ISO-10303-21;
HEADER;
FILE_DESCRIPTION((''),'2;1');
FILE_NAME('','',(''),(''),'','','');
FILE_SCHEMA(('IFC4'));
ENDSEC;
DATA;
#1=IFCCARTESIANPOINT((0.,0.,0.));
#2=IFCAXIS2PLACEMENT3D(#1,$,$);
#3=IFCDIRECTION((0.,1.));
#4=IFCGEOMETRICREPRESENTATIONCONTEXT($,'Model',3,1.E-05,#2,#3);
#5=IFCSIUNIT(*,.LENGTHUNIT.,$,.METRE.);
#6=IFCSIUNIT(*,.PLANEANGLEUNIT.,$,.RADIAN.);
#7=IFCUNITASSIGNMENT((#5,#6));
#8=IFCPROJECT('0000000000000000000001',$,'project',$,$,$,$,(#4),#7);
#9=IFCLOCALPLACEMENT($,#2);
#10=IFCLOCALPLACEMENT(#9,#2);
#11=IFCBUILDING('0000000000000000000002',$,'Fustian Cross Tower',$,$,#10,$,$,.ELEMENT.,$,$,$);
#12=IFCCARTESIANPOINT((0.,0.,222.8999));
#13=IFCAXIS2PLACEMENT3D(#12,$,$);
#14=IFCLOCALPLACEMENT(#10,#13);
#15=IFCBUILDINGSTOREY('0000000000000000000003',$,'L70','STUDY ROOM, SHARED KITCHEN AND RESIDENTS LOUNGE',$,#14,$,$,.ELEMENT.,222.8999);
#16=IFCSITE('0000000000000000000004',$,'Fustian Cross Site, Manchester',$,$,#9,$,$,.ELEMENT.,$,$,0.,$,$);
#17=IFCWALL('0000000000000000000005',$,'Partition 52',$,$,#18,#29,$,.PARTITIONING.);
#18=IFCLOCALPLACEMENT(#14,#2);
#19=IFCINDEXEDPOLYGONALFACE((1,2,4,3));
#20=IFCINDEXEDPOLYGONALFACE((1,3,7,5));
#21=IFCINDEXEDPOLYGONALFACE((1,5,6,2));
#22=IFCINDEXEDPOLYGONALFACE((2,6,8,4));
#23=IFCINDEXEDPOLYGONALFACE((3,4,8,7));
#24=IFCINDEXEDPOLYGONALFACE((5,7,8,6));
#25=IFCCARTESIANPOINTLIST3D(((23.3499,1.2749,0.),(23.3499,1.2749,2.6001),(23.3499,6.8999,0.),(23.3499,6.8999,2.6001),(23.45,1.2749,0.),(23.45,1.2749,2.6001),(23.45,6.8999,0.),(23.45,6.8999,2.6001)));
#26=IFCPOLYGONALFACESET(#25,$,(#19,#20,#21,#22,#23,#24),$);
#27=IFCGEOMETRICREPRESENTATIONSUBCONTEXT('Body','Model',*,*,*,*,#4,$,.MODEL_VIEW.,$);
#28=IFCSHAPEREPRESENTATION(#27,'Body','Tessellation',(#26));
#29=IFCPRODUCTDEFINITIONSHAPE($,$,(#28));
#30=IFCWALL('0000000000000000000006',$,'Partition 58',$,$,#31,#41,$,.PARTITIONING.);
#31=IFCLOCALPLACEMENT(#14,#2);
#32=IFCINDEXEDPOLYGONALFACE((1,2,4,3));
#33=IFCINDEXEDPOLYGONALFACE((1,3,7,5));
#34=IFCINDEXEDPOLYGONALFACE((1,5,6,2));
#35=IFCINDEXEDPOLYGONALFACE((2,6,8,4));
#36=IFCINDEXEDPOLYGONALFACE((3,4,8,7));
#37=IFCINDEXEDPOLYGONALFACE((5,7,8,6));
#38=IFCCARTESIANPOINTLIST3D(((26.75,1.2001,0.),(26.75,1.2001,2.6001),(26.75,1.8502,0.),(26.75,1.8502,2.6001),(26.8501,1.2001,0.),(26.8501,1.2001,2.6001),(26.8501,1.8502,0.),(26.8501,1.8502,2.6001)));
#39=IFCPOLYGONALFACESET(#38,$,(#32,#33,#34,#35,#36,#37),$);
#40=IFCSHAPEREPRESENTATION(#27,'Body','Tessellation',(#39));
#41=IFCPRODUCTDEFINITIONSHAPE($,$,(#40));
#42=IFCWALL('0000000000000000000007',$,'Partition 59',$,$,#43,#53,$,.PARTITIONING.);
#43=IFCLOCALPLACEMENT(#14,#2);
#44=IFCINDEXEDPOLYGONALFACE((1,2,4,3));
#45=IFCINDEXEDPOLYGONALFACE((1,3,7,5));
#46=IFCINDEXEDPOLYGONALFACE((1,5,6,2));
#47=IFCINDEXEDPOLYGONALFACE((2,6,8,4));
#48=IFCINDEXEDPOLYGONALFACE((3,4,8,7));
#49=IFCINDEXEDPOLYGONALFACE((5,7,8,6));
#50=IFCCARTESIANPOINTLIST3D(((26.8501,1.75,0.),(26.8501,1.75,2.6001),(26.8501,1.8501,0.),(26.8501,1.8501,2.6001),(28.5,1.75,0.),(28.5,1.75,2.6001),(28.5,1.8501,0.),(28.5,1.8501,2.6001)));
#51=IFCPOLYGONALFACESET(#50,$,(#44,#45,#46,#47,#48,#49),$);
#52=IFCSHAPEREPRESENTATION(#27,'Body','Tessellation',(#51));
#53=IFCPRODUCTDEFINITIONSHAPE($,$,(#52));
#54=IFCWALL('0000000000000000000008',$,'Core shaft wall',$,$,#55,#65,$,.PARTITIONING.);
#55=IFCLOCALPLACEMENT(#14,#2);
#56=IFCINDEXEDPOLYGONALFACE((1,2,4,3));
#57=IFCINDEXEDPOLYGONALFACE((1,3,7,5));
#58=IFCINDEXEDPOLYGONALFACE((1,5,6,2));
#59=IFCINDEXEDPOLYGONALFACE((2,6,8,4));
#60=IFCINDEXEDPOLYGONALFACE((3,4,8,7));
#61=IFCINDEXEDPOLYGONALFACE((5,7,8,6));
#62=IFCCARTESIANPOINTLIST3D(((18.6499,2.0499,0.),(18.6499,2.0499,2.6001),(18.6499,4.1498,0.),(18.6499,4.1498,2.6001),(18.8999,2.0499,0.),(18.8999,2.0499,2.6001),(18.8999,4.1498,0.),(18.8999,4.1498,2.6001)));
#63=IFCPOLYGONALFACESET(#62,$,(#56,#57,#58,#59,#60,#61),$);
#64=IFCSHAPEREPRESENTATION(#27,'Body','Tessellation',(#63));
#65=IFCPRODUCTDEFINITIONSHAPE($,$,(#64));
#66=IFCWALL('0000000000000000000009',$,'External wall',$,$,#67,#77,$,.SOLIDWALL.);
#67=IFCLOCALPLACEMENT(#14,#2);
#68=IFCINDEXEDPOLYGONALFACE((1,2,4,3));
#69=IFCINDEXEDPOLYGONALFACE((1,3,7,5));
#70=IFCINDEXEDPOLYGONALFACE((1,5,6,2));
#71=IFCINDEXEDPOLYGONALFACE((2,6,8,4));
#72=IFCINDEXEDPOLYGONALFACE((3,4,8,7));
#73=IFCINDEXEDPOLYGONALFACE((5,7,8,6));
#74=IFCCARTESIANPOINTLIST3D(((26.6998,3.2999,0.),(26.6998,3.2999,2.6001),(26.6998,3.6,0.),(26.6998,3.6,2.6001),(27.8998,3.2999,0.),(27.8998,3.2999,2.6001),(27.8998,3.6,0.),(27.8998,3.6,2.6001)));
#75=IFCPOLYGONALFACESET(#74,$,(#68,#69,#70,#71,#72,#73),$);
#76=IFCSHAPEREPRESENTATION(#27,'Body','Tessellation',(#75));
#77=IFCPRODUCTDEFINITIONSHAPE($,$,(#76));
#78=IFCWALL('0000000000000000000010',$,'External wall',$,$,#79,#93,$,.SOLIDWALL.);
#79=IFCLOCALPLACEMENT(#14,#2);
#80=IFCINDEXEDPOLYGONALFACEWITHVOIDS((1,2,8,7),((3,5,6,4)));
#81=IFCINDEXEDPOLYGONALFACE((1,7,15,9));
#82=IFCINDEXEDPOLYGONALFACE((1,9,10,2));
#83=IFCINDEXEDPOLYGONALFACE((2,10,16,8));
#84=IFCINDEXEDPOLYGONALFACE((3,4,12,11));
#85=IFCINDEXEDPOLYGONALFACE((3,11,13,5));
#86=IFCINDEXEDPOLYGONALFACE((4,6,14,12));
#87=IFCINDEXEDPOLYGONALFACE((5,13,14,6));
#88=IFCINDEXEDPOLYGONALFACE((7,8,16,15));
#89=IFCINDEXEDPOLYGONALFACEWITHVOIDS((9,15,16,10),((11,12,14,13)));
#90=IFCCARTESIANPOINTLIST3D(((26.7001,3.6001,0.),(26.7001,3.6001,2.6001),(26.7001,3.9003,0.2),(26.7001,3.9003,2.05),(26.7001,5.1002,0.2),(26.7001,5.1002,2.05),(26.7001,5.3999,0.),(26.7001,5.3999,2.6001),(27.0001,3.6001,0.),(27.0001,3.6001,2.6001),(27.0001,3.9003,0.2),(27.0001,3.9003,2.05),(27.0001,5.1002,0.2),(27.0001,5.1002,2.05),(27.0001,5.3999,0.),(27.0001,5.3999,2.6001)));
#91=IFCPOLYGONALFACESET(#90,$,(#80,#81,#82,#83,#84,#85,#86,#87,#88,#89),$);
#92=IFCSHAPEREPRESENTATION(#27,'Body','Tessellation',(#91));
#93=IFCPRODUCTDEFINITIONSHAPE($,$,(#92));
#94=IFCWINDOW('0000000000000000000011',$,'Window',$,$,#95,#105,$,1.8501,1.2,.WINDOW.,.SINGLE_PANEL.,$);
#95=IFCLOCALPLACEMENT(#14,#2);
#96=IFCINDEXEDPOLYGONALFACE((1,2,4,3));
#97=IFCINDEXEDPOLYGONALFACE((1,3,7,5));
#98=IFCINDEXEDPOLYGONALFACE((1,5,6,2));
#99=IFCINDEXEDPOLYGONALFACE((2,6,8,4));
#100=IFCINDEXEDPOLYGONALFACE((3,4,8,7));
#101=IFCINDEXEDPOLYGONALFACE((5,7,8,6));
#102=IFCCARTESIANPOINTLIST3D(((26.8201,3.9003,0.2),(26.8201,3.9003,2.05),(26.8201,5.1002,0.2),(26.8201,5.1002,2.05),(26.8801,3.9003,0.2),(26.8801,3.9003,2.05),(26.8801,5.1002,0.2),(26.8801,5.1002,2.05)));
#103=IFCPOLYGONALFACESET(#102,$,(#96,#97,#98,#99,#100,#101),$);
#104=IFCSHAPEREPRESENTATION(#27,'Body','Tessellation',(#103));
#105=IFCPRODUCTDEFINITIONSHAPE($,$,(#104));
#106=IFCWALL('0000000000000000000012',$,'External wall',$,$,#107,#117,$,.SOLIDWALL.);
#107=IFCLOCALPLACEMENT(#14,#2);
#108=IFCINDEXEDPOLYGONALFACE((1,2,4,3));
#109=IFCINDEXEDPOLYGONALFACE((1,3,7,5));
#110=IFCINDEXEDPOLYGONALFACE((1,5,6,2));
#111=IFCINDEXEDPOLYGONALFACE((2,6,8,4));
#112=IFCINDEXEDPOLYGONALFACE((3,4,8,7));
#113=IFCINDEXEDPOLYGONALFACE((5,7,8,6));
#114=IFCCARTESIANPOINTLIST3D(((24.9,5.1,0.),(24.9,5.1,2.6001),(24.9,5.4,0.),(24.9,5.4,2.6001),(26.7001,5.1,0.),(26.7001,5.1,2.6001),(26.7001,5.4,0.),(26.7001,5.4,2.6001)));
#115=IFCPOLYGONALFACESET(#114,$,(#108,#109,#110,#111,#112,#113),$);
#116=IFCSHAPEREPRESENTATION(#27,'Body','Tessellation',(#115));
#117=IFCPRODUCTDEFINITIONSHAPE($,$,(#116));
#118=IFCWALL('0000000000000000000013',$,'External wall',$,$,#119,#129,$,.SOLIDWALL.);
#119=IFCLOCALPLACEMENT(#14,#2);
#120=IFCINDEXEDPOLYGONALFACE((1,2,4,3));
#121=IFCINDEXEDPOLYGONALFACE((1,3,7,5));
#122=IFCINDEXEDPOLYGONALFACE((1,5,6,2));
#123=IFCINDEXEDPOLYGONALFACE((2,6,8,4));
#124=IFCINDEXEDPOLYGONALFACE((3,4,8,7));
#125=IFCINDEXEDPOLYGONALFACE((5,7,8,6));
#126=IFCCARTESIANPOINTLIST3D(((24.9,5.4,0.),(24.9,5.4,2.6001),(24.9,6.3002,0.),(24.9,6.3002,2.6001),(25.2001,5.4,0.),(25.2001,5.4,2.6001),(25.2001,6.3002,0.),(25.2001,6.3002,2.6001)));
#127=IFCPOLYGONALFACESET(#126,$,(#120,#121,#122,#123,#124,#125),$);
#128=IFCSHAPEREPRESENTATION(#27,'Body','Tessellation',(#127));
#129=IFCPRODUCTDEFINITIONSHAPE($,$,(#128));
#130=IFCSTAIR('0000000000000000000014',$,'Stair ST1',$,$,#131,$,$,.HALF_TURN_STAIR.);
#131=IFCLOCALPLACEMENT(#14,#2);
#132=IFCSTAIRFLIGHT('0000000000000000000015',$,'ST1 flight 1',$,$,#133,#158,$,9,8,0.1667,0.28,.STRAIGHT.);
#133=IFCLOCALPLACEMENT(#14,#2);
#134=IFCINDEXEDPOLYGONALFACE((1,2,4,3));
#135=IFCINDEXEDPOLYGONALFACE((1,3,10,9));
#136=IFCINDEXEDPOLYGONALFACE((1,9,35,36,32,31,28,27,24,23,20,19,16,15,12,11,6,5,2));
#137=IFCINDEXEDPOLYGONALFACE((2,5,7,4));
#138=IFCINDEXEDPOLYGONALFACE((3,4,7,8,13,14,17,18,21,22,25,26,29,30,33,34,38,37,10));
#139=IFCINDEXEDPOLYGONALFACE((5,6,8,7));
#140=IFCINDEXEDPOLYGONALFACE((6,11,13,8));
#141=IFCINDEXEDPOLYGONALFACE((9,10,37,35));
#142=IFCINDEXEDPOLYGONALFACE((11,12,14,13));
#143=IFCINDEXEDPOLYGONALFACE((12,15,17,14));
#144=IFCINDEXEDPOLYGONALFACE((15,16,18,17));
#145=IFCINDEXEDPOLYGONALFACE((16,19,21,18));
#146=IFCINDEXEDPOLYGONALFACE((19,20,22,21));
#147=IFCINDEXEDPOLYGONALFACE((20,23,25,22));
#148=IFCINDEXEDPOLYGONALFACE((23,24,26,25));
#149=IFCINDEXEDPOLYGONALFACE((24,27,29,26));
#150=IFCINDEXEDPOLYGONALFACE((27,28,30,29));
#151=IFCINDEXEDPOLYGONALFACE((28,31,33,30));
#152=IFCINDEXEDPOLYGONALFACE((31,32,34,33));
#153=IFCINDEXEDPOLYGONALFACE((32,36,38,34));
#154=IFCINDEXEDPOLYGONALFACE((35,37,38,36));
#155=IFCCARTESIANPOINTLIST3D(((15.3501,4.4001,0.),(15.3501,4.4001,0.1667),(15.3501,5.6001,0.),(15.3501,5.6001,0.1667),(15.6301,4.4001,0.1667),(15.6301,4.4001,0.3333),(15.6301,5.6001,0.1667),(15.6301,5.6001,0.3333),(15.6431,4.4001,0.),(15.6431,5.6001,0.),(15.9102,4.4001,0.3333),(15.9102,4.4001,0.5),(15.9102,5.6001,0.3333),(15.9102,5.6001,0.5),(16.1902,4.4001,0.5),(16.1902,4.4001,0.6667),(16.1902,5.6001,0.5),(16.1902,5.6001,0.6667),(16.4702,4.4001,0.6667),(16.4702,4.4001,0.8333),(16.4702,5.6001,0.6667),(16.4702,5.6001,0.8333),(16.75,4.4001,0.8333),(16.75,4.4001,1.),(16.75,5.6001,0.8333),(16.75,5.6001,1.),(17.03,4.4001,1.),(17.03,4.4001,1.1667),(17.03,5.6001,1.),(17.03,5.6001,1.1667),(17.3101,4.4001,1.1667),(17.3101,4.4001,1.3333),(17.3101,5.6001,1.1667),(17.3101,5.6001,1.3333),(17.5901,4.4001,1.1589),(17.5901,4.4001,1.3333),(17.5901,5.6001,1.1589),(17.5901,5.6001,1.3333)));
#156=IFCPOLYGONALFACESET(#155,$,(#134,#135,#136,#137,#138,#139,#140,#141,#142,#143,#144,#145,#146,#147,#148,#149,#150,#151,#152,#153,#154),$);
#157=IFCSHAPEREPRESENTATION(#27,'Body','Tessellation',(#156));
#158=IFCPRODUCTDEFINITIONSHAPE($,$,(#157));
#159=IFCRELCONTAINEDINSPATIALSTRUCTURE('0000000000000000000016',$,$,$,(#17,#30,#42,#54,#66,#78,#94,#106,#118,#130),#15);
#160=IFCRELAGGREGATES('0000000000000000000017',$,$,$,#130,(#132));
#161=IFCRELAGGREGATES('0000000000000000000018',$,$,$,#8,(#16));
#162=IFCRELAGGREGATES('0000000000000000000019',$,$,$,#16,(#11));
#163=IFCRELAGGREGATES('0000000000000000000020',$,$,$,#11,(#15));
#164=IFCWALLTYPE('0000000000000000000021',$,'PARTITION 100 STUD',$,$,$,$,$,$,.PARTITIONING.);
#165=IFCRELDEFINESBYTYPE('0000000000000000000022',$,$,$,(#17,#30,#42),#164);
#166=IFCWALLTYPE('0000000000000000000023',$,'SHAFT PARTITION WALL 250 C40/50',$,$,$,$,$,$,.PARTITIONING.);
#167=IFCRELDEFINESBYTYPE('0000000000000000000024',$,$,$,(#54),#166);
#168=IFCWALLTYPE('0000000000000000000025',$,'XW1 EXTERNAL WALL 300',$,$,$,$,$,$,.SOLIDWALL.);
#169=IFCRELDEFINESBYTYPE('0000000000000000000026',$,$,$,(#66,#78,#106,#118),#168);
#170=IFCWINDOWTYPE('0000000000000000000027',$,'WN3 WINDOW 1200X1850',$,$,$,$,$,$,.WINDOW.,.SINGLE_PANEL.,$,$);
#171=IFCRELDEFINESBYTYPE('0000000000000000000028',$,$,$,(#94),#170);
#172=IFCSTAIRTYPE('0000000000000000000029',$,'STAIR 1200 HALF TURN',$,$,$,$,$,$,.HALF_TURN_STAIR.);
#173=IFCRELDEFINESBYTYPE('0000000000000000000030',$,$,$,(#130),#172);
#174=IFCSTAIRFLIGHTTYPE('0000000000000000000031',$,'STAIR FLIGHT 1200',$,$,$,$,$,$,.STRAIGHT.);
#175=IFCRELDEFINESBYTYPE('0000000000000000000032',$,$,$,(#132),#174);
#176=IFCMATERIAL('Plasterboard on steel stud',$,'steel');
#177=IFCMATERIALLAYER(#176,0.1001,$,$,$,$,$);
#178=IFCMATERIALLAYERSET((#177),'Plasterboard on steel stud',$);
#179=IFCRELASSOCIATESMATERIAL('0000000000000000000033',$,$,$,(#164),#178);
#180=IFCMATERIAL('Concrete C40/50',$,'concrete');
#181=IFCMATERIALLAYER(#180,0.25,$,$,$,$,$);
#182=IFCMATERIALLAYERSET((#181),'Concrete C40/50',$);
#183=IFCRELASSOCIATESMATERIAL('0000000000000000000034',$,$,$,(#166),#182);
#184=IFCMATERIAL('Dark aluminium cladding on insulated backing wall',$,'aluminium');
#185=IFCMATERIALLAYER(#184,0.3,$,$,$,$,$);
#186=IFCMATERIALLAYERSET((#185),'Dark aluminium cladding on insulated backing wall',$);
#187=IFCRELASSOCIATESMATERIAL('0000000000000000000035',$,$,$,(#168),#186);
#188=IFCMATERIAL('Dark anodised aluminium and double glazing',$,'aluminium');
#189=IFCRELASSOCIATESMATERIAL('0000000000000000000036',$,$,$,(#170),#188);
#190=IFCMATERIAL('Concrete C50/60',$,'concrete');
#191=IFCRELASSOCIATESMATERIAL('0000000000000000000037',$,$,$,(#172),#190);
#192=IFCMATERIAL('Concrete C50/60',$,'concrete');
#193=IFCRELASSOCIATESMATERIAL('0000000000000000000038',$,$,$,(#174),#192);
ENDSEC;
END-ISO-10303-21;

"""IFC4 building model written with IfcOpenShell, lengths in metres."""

from ifc_helpers import new_model, si_unit, direction, frame, frame_2d, origin, place, context, subcontext, project, spatial, polyline, rectangle, outline, extrude, material, layer, layer_set, type_object, element, fill, aggregate, save


model = new_model("IFC4")

# Units and contexts
model_context = context("Model", 3, precision=1e-05, world=origin(), true_north=direction((0.0, 1.0)))
body_context = subcontext(model_context, "Body", "Model", "MODEL_VIEW")
ifc_project = project(units=[si_unit("LENGTHUNIT", "METRE"), si_unit("PLANEANGLEUNIT", "RADIAN")], contexts=[model_context])

# Site, building, storey
site_placement = place(None, origin())
site = spatial("IfcSite", under=ifc_project, at=site_placement, Name="Fustian Cross Site, Manchester", CompositionType="ELEMENT", RefElevation=0.0)
building_placement = place(site_placement, origin())
building = spatial("IfcBuilding", under=site, at=building_placement, Name="Fustian Cross Tower", CompositionType="ELEMENT")
storey_placement = place(building_placement, frame((0.0, 0.0, 222.8999)))
storey = spatial("IfcBuildingStorey", under=building, at=storey_placement, Name="L70", Description="STUDY ROOM, SHARED KITCHEN AND RESIDENTS LOUNGE", CompositionType="ELEMENT", Elevation=222.8999)

# Walls
ifc_material_1 = material(Name="Plasterboard on steel stud", Category="steel")
ifc_layer_1 = layer(ifc_material_1, 0.1001)
ifc_layer_set_1 = layer_set([ifc_layer_1], Name="Plasterboard on steel stud")
wall_type_1 = type_object("IfcWallType", Name="PARTITION 100 STUD", PredefinedType="PARTITIONING", material=ifc_layer_set_1)
wall_1_placement = place(storey_placement, frame((23.3999, 1.2749, 0.0), z_axis=(0.0, 0.0, 1.0), x_axis=(0.0, 1.0, 0.0)))
element("IfcWall", 1, at=wall_1_placement, inside=storey, type_object=wall_type_1, Name="Partition 52", PredefinedType="PARTITIONING", context=body_context, shape_type="SweptSolid", body=[
    extrude(rectangle(XDim=5.625, YDim=0.1001, at=frame_2d((2.8125, 0.0))), origin(), (0.0, 0.0, 1.0), 2.6001),
])
wall_2_placement = place(storey_placement, frame((26.8, 1.2, 0.0), z_axis=(0.0, 0.0, 1.0), x_axis=(0.0, 1.0, 0.0)))
element("IfcWall", 2, at=wall_2_placement, inside=storey, type_object=wall_type_1, Name="Partition 58", PredefinedType="PARTITIONING", context=body_context, shape_type="SweptSolid", body=[
    extrude(rectangle(XDim=0.6501, YDim=0.1001, at=frame_2d((0.3252, 0.0))), origin(), (0.0, 0.0, 1.0), 2.6001),
])
wall_3_placement = place(storey_placement, frame((26.8501, 1.8, 0.0), z_axis=(0.0, 0.0, 1.0), x_axis=(1.0, 0.0, 0.0)))
element("IfcWall", 3, at=wall_3_placement, inside=storey, type_object=wall_type_1, Name="Partition 59", PredefinedType="PARTITIONING", context=body_context, shape_type="SweptSolid", body=[
    extrude(rectangle(XDim=1.6499, YDim=0.1001, at=frame_2d((0.825, 0.0))), origin(), (0.0, 0.0, 1.0), 2.6001),
])
ifc_material_2 = material(Name="Concrete C40/50", Category="concrete")
ifc_layer_2 = layer(ifc_material_2, 0.25)
ifc_layer_set_2 = layer_set([ifc_layer_2], Name="Concrete C40/50")
wall_type_2 = type_object("IfcWallType", Name="SHAFT PARTITION WALL 250 C40/50", PredefinedType="PARTITIONING", material=ifc_layer_set_2)
wall_4_placement = place(storey_placement, frame((18.7749, 2.05, 0.0), z_axis=(0.0, 0.0, 1.0), x_axis=(0.0, 1.0, 0.0)))
element("IfcWall", 4, at=wall_4_placement, inside=storey, type_object=wall_type_2, Name="Core shaft wall", PredefinedType="PARTITIONING", context=body_context, shape_type="SweptSolid", body=[
    extrude(rectangle(XDim=2.0999, YDim=0.25, at=frame_2d((1.0498, 0.0))), origin(), (0.0, 0.0, 1.0), 2.6001),
])
ifc_material_3 = material(Name="Dark aluminium cladding on insulated backing wall", Category="aluminium")
ifc_layer_3 = layer(ifc_material_3, 0.3)
ifc_layer_set_3 = layer_set([ifc_layer_3], Name="Dark aluminium cladding on insulated backing wall")
wall_type_3 = type_object("IfcWallType", Name="XW1 EXTERNAL WALL 300", PredefinedType="SOLIDWALL", material=ifc_layer_set_3)
wall_5_placement = place(storey_placement, frame((27.8999, 3.45, 0.0), z_axis=(0.0, 0.0, 1.0), x_axis=(-1.0, 0.0, 0.0)))
element("IfcWall", 5, at=wall_5_placement, inside=storey, type_object=wall_type_3, Name="External wall", PredefinedType="SOLIDWALL", context=body_context, shape_type="SweptSolid", body=[
    extrude(rectangle(XDim=1.2, YDim=0.3, at=frame_2d((0.6001, 0.0))), origin(), (0.0, 0.0, 1.0), 2.6001),
])

# Wall, opening, window
wall_6_placement = place(storey_placement, frame((26.8501, 3.6001, 0.0), z_axis=(0.0, 0.0, 1.0), x_axis=(0.0, 1.0, 0.0)))
wall_6 = element("IfcWall", 6, at=wall_6_placement, inside=storey, type_object=wall_type_3, Name="External wall", PredefinedType="SOLIDWALL", context=body_context, shape_type="SweptSolid", body=[
    extrude(rectangle(XDim=1.7998, YDim=0.3, at=frame_2d((0.8999, 0.0))), origin(), (0.0, 0.0, 1.0), 2.6001),
])
opening_1_placement = place(wall_6_placement, frame((0.3, 0.0, 0.2)))
opening_1 = element("IfcOpeningElement", 7, at=opening_1_placement, cuts=wall_6, PredefinedType="OPENING", context=body_context, shape_type="SweptSolid", body=[
    extrude(rectangle(XDim=1.2, YDim=1.8501, at=frame_2d((0.6001, 0.925))), frame((0.0, 0.1599, 0.0), z_axis=(0.0, -1.0, 0.0), x_axis=(1.0, 0.0, 0.0)), (0.0, 0.0, 1.0), 0.3201),
])
ifc_material_4 = material(Name="Dark anodised aluminium and double glazing", Category="aluminium")
window_type = type_object("IfcWindowType", Name="WN3 WINDOW 1200X1850", PartitioningType="SINGLE_PANEL", PredefinedType="WINDOW", material=ifc_material_4)
window_placement = place(opening_1_placement, origin())
window = element("IfcWindow", 8, at=window_placement, inside=storey, type_object=window_type, Name="Window", OverallHeight=1.8501, OverallWidth=1.2, PartitioningType="SINGLE_PANEL", PredefinedType="WINDOW", context=body_context, shape_type="SweptSolid", body=[
    extrude(rectangle(XDim=1.2, YDim=1.8501, at=frame_2d((0.6001, 0.925))), frame((0.0, 0.03, 0.0), z_axis=(0.0, -1.0, 0.0), x_axis=(1.0, 0.0, 0.0)), (0.0, 0.0, 1.0), 0.0601),
])
fill(opening_1, window)

# Walls
wall_7_placement = place(storey_placement, frame((26.7, 5.25, 0.0), z_axis=(0.0, 0.0, 1.0), x_axis=(-1.0, 0.0, 0.0)))
element("IfcWall", 9, at=wall_7_placement, inside=storey, type_object=wall_type_3, Name="External wall", PredefinedType="SOLIDWALL", context=body_context, shape_type="SweptSolid", body=[
    extrude(rectangle(XDim=1.8, YDim=0.3, at=frame_2d((0.8999, 0.0))), origin(), (0.0, 0.0, 1.0), 2.6001),
])
wall_8_placement = place(storey_placement, frame((25.05, 5.3999, 0.0), z_axis=(0.0, 0.0, 1.0), x_axis=(0.0, 1.0, 0.0)))
element("IfcWall", 10, at=wall_8_placement, inside=storey, type_object=wall_type_3, Name="External wall", PredefinedType="SOLIDWALL", context=body_context, shape_type="SweptSolid", body=[
    extrude(rectangle(XDim=0.9001, YDim=0.3, at=frame_2d((0.4502, 0.0))), origin(), (0.0, 0.0, 1.0), 2.6001),
])

# Stair, stair flight
ifc_material_5 = material(Name="Concrete C50/60", Category="concrete")
stair_type = type_object("IfcStairType", Name="STAIR 1200 HALF TURN", PredefinedType="HALF_TURN_STAIR", material=ifc_material_5)
stair_placement = place(storey_placement, origin())
stair = element("IfcStair", 11, at=stair_placement, inside=storey, type_object=stair_type, Name="Stair ST1", PredefinedType="HALF_TURN_STAIR")
ifc_material_6 = material(Name="Concrete C50/60", Category="concrete")
stair_flight_type = type_object("IfcStairFlightType", Name="STAIR FLIGHT 1200", PredefinedType="STRAIGHT", material=ifc_material_6)
stair_flight_1_placement = place(storey_placement, frame((15.3501, 5.0, 0.0), z_axis=(0.0, 0.0, 1.0), x_axis=(1.0, 0.0, 0.0)))
stair_flight_1 = element("IfcStairFlight", 12, at=stair_flight_1_placement, type_object=stair_flight_type, Name="ST1 flight 1", NumberOfRisers=9, NumberOfTreads=8, PredefinedType="STRAIGHT", RiserHeight=0.1667, TreadLength=0.28, context=body_context, shape_type="SweptSolid", body=[
    extrude(outline(polyline([(0.0, 0.0), (0.0, 0.1667), (0.28, 0.1667), (0.28, 0.3333), (0.5601, 0.3333), (0.5601, 0.5), (0.8401, 0.5), (0.8401, 0.6667), (1.1201, 0.6667), (1.1201, 0.8333), (1.3999, 0.8333), (1.3999, 1.0), (1.6799, 1.0), (1.6799, 1.1667), (1.96, 1.1667), (1.96, 1.3333), (2.24, 1.3333), (2.24, 1.5), (2.24, 1.1589), (0.293, 0.0), (0.0, 0.0)])), frame((0.0, 0.6001, 0.0), z_axis=(0.0, -1.0, 0.0), x_axis=(1.0, 0.0, 0.0)), (0.0, 0.0, 1.0), 1.2),
])
aggregate(stair, [stair_flight_1])

save(model, "model.ifc")
